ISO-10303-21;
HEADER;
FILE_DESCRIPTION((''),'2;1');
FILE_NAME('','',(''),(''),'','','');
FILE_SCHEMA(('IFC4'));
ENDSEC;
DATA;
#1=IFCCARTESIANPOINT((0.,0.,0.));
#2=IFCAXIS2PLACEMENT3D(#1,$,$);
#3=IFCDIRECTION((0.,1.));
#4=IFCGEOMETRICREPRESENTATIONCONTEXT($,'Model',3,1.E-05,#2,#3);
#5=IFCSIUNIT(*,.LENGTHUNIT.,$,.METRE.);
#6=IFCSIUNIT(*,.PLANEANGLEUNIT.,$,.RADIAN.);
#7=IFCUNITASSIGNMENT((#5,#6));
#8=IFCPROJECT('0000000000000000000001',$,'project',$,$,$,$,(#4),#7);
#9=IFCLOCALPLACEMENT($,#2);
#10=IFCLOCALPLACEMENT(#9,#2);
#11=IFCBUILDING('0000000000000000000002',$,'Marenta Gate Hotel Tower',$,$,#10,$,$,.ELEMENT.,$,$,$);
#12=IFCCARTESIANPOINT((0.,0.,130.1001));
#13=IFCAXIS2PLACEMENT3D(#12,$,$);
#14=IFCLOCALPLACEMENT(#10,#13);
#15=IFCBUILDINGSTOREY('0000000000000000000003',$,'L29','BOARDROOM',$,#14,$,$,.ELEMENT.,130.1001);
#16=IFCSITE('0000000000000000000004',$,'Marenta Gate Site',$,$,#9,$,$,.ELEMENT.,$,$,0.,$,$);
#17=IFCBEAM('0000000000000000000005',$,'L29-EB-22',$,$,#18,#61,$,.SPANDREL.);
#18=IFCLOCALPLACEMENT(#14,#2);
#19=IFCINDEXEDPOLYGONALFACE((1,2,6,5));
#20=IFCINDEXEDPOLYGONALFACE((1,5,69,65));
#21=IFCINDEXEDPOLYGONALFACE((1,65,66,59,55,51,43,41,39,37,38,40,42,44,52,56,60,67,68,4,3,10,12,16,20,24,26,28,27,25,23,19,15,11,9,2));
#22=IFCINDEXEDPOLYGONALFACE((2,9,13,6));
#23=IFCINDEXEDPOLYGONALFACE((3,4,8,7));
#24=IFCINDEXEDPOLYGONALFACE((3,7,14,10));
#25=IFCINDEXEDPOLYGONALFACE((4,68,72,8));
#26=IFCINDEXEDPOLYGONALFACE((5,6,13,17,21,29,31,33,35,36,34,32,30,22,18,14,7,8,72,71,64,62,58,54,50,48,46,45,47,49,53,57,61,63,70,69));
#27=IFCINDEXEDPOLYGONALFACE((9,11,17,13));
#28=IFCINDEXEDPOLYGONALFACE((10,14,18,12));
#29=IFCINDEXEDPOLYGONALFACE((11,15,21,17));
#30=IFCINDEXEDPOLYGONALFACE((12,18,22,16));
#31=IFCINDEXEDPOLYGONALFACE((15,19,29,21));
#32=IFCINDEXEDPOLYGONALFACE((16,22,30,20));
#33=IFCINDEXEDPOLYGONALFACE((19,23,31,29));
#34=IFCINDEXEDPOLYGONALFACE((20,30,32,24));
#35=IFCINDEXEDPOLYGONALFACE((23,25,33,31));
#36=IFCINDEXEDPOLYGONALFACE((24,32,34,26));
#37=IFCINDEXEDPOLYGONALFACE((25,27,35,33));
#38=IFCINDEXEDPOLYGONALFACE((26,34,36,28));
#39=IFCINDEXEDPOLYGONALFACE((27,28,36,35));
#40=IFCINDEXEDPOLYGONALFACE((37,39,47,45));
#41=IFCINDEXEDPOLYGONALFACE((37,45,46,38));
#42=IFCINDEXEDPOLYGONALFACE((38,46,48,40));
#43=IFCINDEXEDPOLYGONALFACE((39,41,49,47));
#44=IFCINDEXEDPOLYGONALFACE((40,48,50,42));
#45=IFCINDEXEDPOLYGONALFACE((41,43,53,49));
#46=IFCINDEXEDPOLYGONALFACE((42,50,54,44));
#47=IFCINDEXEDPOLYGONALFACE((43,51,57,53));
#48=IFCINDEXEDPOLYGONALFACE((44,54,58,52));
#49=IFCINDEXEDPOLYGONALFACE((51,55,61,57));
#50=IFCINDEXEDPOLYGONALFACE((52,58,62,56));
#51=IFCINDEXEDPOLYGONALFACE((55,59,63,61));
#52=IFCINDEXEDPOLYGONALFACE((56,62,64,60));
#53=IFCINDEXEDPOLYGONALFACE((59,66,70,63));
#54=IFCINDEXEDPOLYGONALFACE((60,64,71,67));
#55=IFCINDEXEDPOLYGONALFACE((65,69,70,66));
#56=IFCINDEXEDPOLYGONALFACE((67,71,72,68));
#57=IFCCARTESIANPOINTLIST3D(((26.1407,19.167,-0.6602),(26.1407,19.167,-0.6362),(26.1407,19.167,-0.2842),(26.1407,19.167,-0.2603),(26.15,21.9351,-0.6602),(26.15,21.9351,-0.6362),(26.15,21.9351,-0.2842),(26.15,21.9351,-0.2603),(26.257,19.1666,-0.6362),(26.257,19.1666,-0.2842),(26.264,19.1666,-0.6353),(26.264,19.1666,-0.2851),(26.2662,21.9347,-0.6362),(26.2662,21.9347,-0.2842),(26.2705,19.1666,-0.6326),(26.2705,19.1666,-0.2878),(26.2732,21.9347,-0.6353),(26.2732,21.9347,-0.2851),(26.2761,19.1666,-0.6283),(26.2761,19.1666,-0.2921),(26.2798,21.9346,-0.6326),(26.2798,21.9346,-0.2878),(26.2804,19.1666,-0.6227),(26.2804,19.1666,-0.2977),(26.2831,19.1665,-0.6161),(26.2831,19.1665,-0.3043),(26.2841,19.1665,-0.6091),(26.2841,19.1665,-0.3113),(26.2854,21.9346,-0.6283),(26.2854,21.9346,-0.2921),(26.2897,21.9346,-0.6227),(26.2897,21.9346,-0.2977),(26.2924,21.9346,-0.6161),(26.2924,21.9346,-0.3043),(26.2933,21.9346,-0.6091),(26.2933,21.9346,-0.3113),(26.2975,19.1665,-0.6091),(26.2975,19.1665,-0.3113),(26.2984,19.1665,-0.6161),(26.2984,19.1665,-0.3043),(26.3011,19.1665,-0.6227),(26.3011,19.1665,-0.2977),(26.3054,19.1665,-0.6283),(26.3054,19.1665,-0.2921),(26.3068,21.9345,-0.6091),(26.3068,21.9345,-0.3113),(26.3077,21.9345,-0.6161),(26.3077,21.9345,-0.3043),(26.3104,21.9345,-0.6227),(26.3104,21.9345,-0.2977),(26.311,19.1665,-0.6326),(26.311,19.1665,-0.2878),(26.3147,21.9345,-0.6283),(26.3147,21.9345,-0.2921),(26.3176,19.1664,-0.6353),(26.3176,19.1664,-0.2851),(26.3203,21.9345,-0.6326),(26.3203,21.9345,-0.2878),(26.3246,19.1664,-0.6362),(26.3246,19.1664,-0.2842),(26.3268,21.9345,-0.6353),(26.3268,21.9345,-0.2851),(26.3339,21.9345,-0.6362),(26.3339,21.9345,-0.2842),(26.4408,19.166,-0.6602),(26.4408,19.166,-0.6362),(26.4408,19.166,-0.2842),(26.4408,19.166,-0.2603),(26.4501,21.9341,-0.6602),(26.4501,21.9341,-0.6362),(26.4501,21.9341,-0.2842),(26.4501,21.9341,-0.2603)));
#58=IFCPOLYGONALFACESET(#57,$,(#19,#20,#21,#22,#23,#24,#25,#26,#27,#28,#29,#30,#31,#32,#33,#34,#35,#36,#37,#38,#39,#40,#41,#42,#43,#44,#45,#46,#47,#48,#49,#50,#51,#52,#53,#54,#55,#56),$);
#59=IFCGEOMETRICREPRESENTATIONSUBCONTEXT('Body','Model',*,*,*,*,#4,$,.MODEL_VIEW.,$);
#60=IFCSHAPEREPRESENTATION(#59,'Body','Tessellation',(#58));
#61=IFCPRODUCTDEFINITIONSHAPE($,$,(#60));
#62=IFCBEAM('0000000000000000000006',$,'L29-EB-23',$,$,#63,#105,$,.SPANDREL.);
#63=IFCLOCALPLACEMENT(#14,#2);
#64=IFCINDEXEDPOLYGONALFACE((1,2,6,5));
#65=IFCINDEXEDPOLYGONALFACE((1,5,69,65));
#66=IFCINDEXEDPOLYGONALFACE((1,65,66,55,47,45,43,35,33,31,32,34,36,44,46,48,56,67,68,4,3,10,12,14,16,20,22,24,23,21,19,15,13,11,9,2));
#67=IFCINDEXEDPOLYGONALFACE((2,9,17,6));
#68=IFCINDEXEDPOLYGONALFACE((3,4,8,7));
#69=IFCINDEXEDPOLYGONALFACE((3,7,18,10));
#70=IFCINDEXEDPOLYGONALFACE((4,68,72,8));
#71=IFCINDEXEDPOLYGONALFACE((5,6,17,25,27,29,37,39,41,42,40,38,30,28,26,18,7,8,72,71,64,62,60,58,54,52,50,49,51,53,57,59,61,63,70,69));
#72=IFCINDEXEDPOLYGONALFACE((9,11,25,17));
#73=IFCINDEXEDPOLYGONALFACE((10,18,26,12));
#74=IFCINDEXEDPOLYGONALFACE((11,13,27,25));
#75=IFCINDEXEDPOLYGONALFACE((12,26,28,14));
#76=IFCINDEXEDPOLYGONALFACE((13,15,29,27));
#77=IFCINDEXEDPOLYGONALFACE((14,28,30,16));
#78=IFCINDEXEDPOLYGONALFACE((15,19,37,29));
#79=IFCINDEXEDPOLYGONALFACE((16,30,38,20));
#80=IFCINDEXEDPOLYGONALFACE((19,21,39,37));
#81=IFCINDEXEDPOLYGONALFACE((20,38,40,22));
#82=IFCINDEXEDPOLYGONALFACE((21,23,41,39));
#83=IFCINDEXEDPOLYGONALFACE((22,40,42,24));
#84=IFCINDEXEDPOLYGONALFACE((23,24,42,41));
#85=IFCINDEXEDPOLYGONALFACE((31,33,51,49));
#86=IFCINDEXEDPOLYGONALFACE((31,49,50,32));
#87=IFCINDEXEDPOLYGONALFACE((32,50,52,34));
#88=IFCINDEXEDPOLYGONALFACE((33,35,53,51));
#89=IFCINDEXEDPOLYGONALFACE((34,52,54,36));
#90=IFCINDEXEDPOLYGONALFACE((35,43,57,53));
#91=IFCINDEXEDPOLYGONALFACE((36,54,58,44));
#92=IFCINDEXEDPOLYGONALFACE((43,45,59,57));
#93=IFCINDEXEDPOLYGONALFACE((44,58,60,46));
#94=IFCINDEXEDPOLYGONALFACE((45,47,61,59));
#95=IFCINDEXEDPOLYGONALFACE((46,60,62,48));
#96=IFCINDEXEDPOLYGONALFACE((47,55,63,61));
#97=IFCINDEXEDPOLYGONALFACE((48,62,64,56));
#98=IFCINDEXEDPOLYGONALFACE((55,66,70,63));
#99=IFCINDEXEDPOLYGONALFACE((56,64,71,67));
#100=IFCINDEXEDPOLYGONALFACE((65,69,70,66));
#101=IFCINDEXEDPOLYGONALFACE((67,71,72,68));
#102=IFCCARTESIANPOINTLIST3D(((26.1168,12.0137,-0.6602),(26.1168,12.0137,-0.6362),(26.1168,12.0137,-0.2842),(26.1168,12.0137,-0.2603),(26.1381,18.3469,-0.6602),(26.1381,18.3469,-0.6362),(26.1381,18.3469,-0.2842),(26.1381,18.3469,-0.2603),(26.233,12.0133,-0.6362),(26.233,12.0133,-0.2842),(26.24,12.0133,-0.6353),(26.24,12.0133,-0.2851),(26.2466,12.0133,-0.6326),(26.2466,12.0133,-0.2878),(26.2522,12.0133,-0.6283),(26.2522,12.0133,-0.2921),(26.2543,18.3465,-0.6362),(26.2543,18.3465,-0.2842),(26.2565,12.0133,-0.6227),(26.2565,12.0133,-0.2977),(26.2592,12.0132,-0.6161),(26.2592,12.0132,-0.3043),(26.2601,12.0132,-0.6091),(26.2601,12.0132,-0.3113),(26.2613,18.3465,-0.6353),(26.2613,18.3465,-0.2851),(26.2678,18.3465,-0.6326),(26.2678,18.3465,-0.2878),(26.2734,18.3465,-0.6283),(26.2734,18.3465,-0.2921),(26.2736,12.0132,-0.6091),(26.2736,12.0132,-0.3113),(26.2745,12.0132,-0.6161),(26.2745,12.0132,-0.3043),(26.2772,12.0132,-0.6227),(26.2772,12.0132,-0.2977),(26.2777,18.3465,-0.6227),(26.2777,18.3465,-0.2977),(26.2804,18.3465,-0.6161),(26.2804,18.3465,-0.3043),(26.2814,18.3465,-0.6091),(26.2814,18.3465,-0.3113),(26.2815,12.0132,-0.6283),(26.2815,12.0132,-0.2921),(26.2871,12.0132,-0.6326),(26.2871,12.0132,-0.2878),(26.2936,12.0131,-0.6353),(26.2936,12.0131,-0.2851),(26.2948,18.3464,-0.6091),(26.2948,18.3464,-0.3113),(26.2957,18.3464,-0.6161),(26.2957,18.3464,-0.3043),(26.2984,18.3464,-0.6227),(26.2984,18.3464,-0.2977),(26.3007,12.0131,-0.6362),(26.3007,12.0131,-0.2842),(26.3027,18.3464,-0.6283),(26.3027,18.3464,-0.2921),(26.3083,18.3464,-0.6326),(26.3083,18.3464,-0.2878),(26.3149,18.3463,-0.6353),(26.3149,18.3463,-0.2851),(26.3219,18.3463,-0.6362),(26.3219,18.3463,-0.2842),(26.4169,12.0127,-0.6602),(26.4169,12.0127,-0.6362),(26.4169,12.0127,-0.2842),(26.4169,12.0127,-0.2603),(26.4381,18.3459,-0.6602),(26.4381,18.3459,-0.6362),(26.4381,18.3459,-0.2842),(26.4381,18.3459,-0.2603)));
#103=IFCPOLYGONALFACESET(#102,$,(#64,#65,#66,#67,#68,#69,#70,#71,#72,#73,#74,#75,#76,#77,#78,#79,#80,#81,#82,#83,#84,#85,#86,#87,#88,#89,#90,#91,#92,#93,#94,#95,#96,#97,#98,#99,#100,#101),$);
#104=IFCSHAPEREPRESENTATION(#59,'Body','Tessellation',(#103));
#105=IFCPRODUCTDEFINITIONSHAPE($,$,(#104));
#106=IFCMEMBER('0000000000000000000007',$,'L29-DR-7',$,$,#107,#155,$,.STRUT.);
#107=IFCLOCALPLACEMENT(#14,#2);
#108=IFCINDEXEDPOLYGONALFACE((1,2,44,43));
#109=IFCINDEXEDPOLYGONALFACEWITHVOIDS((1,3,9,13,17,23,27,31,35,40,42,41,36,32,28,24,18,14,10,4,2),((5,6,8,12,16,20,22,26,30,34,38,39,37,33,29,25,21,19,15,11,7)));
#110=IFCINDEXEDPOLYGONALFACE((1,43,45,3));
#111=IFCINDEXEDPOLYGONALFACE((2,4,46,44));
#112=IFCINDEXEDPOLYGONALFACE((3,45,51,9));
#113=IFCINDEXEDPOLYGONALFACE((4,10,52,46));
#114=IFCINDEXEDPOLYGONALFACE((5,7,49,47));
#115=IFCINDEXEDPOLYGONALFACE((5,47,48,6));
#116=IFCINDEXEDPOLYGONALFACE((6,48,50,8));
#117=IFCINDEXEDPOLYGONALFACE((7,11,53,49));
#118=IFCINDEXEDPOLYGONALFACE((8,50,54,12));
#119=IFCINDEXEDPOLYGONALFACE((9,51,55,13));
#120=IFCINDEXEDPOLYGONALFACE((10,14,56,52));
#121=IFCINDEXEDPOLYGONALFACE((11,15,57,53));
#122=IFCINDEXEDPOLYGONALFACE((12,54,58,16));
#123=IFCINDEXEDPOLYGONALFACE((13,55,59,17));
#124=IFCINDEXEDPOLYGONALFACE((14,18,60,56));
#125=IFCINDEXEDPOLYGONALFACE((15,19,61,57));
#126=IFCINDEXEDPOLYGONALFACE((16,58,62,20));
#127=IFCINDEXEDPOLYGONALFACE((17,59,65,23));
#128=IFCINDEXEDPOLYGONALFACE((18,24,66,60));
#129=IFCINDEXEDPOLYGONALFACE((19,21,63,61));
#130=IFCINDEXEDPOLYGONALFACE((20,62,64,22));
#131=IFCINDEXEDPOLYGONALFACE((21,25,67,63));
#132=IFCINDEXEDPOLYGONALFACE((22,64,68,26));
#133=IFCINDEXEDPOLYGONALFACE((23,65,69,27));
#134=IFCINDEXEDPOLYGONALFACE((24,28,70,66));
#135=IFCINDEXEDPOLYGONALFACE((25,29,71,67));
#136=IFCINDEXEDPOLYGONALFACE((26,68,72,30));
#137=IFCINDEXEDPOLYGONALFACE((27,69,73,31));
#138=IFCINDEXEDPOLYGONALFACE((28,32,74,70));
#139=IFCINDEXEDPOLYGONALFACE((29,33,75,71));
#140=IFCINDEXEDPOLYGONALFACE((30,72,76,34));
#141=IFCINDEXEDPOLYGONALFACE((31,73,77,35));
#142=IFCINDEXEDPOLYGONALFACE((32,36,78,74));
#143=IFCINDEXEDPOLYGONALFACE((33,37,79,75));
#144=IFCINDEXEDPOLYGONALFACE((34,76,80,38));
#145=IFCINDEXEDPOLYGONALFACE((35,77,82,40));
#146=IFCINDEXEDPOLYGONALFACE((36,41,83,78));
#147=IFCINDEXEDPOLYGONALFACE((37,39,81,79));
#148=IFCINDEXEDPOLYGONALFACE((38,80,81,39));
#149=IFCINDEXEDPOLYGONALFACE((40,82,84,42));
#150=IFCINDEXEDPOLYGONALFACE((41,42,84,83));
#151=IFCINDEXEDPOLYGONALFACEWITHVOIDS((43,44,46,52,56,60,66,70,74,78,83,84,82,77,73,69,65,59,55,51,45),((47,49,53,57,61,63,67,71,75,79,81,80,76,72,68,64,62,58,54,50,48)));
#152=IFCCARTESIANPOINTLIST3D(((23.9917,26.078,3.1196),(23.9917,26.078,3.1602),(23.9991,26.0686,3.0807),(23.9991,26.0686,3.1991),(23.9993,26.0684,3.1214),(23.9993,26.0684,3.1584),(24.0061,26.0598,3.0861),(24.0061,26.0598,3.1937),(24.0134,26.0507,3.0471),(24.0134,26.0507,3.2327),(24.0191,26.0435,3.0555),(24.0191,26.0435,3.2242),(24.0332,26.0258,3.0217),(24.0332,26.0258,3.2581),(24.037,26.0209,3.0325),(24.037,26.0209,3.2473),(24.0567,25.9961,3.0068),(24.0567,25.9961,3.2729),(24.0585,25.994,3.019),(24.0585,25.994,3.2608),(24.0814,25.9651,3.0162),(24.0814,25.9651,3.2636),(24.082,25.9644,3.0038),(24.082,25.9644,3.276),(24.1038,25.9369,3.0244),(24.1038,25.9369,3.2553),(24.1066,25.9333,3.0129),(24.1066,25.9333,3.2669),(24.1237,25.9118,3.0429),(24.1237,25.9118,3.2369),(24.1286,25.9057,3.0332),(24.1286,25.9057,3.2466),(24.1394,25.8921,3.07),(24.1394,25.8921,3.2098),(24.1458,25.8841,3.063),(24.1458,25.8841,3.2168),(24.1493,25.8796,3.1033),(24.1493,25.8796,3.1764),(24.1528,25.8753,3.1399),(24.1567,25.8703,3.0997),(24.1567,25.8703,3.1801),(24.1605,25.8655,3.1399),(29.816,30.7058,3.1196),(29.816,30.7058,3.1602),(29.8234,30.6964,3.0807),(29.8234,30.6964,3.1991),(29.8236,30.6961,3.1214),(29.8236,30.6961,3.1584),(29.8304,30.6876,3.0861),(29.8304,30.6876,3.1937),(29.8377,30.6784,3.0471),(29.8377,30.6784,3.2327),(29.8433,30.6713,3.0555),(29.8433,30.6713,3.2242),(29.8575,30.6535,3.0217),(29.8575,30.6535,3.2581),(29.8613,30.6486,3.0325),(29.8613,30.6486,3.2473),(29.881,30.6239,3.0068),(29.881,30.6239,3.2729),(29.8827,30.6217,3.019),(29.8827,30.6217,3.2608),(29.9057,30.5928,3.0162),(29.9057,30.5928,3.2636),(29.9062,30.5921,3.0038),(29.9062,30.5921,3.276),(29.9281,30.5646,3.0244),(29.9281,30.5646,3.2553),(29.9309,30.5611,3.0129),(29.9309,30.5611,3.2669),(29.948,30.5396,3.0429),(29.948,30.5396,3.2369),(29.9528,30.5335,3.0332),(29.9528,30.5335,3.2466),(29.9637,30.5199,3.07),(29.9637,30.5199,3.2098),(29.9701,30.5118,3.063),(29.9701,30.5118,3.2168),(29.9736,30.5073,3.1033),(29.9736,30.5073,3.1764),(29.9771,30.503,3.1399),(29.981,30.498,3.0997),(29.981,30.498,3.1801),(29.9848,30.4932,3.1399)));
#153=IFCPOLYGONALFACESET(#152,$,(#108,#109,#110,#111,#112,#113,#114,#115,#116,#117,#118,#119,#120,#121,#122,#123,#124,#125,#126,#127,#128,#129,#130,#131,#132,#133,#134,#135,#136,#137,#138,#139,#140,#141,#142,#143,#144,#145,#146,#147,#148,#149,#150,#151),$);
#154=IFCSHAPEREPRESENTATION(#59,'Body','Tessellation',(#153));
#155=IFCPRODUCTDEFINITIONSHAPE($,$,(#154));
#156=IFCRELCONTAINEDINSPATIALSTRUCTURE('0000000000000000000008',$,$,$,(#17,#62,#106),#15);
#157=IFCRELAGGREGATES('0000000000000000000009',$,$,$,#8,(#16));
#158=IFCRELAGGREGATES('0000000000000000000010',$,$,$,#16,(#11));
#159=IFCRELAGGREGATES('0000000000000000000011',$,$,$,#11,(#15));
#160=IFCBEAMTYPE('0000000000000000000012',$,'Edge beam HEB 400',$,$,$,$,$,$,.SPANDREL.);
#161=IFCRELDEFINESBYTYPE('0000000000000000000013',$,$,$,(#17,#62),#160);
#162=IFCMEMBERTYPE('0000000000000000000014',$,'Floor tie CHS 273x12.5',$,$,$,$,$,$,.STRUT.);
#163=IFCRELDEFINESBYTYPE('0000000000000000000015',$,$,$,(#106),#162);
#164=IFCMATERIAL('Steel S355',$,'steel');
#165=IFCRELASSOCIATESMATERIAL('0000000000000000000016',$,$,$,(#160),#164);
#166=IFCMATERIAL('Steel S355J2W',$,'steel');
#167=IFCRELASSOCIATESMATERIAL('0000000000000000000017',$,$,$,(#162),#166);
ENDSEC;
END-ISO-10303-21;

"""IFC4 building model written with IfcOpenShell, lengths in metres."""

from ifc_helpers import new_model, si_unit, direction, frame, origin, origin_2d, place, context, subcontext, project, spatial, hollow_circle, i_section, extrude, material, material_profile, profile_set, type_object, element, save


model = new_model("IFC4")

# Units and contexts
model_context = context("Model", 3, precision=1e-05, world=origin(), true_north=direction((0.0, 1.0)))
body_context = subcontext(model_context, "Body", "Model", "MODEL_VIEW")
ifc_project = project(units=[si_unit("LENGTHUNIT", "METRE"), si_unit("PLANEANGLEUNIT", "RADIAN")], contexts=[model_context])

# Site, building, storey
site_placement = place(None, origin())
site = spatial("IfcSite", under=ifc_project, at=site_placement, Name="Marenta Gate Site", CompositionType="ELEMENT", RefElevation=0.0)
building_placement = place(site_placement, origin())
building = spatial("IfcBuilding", under=site, at=building_placement, Name="Marenta Gate Hotel Tower", CompositionType="ELEMENT")
storey_placement = place(building_placement, frame((0.0, 0.0, 130.1001)))
storey = spatial("IfcBuildingStorey", under=building, at=storey_placement, Name="L29", Description="BOARDROOM", CompositionType="ELEMENT", Elevation=130.1001)

# Beams
ifc_material_1 = material(Name="Steel S355", Category="steel")
ifc_material_profile_1 = material_profile(ifc_material_1, i_section(OverallWidth=0.3, OverallDepth=0.3999, WebThickness=0.0134, FlangeThickness=0.0239, FilletRadius=0.0271, at=origin_2d()), Name="HEB 400")
ifc_profile_set_1 = profile_set([ifc_material_profile_1], Name="Steel S355")
beam_type = type_object("IfcBeamType", Name="Edge beam HEB 400", PredefinedType="SPANDREL", material=ifc_profile_set_1)
beam_1_placement = place(storey_placement, frame((26.3, 21.9346, -0.4602), z_axis=(-0.003352, -0.999994, 0.0), x_axis=(0.999994, -0.003352, 0.0)))
element("IfcBeam", 1, at=beam_1_placement, inside=storey, type_object=beam_type, Name="L29-EB-22", PredefinedType="SPANDREL", context=body_context, shape_type="SweptSolid", body=[
    extrude(i_section(OverallWidth=0.3, OverallDepth=0.3999, WebThickness=0.0134, FlangeThickness=0.0239, FilletRadius=0.0271, at=origin_2d()), origin(), (0.0, 0.0, 1.0), 2.7681),
])
beam_2_placement = place(storey_placement, frame((26.2881, 18.3464, -0.4602), z_axis=(-0.003354, -0.999994, 0.0), x_axis=(0.999994, -0.003354, 0.0)))
element("IfcBeam", 2, at=beam_2_placement, inside=storey, type_object=beam_type, Name="L29-EB-23", PredefinedType="SPANDREL", context=body_context, shape_type="SweptSolid", body=[
    extrude(i_section(OverallWidth=0.3, OverallDepth=0.3999, WebThickness=0.0134, FlangeThickness=0.0239, FilletRadius=0.0271, at=origin_2d()), origin(), (0.0, 0.0, 1.0), 6.3333),
])

# Member
ifc_material_2 = material(Name="Steel S355J2W", Category="steel")
ifc_material_profile_2 = material_profile(ifc_material_2, hollow_circle(Radius=0.1365, WallThickness=0.0125, at=origin_2d()), Name="CHS 273x12.5")
ifc_profile_set_2 = profile_set([ifc_material_profile_2], Name="Steel S355J2W")
member_type_1 = type_object("IfcMemberType", Name="Floor tie CHS 273x12.5", PredefinedType="STRUT", material=ifc_profile_set_2)
member_1_placement = place(storey_placement, frame((29.8999, 30.6001, 3.1399), z_axis=(-0.782943, -0.622094, 0.0), x_axis=(0.622094, -0.782943, 0.0)))
element("IfcMember", 3, at=member_1_placement, inside=storey, type_object=member_type_1, Name="L29-DR-7", PredefinedType="STRUT", context=body_context, shape_type="SweptSolid", body=[
    extrude(hollow_circle(Radius=0.1365, WallThickness=0.0125, at=origin_2d()), origin(), (0.0, 0.0, 1.0), 7.439),
])

save(model, "model.ifc")
